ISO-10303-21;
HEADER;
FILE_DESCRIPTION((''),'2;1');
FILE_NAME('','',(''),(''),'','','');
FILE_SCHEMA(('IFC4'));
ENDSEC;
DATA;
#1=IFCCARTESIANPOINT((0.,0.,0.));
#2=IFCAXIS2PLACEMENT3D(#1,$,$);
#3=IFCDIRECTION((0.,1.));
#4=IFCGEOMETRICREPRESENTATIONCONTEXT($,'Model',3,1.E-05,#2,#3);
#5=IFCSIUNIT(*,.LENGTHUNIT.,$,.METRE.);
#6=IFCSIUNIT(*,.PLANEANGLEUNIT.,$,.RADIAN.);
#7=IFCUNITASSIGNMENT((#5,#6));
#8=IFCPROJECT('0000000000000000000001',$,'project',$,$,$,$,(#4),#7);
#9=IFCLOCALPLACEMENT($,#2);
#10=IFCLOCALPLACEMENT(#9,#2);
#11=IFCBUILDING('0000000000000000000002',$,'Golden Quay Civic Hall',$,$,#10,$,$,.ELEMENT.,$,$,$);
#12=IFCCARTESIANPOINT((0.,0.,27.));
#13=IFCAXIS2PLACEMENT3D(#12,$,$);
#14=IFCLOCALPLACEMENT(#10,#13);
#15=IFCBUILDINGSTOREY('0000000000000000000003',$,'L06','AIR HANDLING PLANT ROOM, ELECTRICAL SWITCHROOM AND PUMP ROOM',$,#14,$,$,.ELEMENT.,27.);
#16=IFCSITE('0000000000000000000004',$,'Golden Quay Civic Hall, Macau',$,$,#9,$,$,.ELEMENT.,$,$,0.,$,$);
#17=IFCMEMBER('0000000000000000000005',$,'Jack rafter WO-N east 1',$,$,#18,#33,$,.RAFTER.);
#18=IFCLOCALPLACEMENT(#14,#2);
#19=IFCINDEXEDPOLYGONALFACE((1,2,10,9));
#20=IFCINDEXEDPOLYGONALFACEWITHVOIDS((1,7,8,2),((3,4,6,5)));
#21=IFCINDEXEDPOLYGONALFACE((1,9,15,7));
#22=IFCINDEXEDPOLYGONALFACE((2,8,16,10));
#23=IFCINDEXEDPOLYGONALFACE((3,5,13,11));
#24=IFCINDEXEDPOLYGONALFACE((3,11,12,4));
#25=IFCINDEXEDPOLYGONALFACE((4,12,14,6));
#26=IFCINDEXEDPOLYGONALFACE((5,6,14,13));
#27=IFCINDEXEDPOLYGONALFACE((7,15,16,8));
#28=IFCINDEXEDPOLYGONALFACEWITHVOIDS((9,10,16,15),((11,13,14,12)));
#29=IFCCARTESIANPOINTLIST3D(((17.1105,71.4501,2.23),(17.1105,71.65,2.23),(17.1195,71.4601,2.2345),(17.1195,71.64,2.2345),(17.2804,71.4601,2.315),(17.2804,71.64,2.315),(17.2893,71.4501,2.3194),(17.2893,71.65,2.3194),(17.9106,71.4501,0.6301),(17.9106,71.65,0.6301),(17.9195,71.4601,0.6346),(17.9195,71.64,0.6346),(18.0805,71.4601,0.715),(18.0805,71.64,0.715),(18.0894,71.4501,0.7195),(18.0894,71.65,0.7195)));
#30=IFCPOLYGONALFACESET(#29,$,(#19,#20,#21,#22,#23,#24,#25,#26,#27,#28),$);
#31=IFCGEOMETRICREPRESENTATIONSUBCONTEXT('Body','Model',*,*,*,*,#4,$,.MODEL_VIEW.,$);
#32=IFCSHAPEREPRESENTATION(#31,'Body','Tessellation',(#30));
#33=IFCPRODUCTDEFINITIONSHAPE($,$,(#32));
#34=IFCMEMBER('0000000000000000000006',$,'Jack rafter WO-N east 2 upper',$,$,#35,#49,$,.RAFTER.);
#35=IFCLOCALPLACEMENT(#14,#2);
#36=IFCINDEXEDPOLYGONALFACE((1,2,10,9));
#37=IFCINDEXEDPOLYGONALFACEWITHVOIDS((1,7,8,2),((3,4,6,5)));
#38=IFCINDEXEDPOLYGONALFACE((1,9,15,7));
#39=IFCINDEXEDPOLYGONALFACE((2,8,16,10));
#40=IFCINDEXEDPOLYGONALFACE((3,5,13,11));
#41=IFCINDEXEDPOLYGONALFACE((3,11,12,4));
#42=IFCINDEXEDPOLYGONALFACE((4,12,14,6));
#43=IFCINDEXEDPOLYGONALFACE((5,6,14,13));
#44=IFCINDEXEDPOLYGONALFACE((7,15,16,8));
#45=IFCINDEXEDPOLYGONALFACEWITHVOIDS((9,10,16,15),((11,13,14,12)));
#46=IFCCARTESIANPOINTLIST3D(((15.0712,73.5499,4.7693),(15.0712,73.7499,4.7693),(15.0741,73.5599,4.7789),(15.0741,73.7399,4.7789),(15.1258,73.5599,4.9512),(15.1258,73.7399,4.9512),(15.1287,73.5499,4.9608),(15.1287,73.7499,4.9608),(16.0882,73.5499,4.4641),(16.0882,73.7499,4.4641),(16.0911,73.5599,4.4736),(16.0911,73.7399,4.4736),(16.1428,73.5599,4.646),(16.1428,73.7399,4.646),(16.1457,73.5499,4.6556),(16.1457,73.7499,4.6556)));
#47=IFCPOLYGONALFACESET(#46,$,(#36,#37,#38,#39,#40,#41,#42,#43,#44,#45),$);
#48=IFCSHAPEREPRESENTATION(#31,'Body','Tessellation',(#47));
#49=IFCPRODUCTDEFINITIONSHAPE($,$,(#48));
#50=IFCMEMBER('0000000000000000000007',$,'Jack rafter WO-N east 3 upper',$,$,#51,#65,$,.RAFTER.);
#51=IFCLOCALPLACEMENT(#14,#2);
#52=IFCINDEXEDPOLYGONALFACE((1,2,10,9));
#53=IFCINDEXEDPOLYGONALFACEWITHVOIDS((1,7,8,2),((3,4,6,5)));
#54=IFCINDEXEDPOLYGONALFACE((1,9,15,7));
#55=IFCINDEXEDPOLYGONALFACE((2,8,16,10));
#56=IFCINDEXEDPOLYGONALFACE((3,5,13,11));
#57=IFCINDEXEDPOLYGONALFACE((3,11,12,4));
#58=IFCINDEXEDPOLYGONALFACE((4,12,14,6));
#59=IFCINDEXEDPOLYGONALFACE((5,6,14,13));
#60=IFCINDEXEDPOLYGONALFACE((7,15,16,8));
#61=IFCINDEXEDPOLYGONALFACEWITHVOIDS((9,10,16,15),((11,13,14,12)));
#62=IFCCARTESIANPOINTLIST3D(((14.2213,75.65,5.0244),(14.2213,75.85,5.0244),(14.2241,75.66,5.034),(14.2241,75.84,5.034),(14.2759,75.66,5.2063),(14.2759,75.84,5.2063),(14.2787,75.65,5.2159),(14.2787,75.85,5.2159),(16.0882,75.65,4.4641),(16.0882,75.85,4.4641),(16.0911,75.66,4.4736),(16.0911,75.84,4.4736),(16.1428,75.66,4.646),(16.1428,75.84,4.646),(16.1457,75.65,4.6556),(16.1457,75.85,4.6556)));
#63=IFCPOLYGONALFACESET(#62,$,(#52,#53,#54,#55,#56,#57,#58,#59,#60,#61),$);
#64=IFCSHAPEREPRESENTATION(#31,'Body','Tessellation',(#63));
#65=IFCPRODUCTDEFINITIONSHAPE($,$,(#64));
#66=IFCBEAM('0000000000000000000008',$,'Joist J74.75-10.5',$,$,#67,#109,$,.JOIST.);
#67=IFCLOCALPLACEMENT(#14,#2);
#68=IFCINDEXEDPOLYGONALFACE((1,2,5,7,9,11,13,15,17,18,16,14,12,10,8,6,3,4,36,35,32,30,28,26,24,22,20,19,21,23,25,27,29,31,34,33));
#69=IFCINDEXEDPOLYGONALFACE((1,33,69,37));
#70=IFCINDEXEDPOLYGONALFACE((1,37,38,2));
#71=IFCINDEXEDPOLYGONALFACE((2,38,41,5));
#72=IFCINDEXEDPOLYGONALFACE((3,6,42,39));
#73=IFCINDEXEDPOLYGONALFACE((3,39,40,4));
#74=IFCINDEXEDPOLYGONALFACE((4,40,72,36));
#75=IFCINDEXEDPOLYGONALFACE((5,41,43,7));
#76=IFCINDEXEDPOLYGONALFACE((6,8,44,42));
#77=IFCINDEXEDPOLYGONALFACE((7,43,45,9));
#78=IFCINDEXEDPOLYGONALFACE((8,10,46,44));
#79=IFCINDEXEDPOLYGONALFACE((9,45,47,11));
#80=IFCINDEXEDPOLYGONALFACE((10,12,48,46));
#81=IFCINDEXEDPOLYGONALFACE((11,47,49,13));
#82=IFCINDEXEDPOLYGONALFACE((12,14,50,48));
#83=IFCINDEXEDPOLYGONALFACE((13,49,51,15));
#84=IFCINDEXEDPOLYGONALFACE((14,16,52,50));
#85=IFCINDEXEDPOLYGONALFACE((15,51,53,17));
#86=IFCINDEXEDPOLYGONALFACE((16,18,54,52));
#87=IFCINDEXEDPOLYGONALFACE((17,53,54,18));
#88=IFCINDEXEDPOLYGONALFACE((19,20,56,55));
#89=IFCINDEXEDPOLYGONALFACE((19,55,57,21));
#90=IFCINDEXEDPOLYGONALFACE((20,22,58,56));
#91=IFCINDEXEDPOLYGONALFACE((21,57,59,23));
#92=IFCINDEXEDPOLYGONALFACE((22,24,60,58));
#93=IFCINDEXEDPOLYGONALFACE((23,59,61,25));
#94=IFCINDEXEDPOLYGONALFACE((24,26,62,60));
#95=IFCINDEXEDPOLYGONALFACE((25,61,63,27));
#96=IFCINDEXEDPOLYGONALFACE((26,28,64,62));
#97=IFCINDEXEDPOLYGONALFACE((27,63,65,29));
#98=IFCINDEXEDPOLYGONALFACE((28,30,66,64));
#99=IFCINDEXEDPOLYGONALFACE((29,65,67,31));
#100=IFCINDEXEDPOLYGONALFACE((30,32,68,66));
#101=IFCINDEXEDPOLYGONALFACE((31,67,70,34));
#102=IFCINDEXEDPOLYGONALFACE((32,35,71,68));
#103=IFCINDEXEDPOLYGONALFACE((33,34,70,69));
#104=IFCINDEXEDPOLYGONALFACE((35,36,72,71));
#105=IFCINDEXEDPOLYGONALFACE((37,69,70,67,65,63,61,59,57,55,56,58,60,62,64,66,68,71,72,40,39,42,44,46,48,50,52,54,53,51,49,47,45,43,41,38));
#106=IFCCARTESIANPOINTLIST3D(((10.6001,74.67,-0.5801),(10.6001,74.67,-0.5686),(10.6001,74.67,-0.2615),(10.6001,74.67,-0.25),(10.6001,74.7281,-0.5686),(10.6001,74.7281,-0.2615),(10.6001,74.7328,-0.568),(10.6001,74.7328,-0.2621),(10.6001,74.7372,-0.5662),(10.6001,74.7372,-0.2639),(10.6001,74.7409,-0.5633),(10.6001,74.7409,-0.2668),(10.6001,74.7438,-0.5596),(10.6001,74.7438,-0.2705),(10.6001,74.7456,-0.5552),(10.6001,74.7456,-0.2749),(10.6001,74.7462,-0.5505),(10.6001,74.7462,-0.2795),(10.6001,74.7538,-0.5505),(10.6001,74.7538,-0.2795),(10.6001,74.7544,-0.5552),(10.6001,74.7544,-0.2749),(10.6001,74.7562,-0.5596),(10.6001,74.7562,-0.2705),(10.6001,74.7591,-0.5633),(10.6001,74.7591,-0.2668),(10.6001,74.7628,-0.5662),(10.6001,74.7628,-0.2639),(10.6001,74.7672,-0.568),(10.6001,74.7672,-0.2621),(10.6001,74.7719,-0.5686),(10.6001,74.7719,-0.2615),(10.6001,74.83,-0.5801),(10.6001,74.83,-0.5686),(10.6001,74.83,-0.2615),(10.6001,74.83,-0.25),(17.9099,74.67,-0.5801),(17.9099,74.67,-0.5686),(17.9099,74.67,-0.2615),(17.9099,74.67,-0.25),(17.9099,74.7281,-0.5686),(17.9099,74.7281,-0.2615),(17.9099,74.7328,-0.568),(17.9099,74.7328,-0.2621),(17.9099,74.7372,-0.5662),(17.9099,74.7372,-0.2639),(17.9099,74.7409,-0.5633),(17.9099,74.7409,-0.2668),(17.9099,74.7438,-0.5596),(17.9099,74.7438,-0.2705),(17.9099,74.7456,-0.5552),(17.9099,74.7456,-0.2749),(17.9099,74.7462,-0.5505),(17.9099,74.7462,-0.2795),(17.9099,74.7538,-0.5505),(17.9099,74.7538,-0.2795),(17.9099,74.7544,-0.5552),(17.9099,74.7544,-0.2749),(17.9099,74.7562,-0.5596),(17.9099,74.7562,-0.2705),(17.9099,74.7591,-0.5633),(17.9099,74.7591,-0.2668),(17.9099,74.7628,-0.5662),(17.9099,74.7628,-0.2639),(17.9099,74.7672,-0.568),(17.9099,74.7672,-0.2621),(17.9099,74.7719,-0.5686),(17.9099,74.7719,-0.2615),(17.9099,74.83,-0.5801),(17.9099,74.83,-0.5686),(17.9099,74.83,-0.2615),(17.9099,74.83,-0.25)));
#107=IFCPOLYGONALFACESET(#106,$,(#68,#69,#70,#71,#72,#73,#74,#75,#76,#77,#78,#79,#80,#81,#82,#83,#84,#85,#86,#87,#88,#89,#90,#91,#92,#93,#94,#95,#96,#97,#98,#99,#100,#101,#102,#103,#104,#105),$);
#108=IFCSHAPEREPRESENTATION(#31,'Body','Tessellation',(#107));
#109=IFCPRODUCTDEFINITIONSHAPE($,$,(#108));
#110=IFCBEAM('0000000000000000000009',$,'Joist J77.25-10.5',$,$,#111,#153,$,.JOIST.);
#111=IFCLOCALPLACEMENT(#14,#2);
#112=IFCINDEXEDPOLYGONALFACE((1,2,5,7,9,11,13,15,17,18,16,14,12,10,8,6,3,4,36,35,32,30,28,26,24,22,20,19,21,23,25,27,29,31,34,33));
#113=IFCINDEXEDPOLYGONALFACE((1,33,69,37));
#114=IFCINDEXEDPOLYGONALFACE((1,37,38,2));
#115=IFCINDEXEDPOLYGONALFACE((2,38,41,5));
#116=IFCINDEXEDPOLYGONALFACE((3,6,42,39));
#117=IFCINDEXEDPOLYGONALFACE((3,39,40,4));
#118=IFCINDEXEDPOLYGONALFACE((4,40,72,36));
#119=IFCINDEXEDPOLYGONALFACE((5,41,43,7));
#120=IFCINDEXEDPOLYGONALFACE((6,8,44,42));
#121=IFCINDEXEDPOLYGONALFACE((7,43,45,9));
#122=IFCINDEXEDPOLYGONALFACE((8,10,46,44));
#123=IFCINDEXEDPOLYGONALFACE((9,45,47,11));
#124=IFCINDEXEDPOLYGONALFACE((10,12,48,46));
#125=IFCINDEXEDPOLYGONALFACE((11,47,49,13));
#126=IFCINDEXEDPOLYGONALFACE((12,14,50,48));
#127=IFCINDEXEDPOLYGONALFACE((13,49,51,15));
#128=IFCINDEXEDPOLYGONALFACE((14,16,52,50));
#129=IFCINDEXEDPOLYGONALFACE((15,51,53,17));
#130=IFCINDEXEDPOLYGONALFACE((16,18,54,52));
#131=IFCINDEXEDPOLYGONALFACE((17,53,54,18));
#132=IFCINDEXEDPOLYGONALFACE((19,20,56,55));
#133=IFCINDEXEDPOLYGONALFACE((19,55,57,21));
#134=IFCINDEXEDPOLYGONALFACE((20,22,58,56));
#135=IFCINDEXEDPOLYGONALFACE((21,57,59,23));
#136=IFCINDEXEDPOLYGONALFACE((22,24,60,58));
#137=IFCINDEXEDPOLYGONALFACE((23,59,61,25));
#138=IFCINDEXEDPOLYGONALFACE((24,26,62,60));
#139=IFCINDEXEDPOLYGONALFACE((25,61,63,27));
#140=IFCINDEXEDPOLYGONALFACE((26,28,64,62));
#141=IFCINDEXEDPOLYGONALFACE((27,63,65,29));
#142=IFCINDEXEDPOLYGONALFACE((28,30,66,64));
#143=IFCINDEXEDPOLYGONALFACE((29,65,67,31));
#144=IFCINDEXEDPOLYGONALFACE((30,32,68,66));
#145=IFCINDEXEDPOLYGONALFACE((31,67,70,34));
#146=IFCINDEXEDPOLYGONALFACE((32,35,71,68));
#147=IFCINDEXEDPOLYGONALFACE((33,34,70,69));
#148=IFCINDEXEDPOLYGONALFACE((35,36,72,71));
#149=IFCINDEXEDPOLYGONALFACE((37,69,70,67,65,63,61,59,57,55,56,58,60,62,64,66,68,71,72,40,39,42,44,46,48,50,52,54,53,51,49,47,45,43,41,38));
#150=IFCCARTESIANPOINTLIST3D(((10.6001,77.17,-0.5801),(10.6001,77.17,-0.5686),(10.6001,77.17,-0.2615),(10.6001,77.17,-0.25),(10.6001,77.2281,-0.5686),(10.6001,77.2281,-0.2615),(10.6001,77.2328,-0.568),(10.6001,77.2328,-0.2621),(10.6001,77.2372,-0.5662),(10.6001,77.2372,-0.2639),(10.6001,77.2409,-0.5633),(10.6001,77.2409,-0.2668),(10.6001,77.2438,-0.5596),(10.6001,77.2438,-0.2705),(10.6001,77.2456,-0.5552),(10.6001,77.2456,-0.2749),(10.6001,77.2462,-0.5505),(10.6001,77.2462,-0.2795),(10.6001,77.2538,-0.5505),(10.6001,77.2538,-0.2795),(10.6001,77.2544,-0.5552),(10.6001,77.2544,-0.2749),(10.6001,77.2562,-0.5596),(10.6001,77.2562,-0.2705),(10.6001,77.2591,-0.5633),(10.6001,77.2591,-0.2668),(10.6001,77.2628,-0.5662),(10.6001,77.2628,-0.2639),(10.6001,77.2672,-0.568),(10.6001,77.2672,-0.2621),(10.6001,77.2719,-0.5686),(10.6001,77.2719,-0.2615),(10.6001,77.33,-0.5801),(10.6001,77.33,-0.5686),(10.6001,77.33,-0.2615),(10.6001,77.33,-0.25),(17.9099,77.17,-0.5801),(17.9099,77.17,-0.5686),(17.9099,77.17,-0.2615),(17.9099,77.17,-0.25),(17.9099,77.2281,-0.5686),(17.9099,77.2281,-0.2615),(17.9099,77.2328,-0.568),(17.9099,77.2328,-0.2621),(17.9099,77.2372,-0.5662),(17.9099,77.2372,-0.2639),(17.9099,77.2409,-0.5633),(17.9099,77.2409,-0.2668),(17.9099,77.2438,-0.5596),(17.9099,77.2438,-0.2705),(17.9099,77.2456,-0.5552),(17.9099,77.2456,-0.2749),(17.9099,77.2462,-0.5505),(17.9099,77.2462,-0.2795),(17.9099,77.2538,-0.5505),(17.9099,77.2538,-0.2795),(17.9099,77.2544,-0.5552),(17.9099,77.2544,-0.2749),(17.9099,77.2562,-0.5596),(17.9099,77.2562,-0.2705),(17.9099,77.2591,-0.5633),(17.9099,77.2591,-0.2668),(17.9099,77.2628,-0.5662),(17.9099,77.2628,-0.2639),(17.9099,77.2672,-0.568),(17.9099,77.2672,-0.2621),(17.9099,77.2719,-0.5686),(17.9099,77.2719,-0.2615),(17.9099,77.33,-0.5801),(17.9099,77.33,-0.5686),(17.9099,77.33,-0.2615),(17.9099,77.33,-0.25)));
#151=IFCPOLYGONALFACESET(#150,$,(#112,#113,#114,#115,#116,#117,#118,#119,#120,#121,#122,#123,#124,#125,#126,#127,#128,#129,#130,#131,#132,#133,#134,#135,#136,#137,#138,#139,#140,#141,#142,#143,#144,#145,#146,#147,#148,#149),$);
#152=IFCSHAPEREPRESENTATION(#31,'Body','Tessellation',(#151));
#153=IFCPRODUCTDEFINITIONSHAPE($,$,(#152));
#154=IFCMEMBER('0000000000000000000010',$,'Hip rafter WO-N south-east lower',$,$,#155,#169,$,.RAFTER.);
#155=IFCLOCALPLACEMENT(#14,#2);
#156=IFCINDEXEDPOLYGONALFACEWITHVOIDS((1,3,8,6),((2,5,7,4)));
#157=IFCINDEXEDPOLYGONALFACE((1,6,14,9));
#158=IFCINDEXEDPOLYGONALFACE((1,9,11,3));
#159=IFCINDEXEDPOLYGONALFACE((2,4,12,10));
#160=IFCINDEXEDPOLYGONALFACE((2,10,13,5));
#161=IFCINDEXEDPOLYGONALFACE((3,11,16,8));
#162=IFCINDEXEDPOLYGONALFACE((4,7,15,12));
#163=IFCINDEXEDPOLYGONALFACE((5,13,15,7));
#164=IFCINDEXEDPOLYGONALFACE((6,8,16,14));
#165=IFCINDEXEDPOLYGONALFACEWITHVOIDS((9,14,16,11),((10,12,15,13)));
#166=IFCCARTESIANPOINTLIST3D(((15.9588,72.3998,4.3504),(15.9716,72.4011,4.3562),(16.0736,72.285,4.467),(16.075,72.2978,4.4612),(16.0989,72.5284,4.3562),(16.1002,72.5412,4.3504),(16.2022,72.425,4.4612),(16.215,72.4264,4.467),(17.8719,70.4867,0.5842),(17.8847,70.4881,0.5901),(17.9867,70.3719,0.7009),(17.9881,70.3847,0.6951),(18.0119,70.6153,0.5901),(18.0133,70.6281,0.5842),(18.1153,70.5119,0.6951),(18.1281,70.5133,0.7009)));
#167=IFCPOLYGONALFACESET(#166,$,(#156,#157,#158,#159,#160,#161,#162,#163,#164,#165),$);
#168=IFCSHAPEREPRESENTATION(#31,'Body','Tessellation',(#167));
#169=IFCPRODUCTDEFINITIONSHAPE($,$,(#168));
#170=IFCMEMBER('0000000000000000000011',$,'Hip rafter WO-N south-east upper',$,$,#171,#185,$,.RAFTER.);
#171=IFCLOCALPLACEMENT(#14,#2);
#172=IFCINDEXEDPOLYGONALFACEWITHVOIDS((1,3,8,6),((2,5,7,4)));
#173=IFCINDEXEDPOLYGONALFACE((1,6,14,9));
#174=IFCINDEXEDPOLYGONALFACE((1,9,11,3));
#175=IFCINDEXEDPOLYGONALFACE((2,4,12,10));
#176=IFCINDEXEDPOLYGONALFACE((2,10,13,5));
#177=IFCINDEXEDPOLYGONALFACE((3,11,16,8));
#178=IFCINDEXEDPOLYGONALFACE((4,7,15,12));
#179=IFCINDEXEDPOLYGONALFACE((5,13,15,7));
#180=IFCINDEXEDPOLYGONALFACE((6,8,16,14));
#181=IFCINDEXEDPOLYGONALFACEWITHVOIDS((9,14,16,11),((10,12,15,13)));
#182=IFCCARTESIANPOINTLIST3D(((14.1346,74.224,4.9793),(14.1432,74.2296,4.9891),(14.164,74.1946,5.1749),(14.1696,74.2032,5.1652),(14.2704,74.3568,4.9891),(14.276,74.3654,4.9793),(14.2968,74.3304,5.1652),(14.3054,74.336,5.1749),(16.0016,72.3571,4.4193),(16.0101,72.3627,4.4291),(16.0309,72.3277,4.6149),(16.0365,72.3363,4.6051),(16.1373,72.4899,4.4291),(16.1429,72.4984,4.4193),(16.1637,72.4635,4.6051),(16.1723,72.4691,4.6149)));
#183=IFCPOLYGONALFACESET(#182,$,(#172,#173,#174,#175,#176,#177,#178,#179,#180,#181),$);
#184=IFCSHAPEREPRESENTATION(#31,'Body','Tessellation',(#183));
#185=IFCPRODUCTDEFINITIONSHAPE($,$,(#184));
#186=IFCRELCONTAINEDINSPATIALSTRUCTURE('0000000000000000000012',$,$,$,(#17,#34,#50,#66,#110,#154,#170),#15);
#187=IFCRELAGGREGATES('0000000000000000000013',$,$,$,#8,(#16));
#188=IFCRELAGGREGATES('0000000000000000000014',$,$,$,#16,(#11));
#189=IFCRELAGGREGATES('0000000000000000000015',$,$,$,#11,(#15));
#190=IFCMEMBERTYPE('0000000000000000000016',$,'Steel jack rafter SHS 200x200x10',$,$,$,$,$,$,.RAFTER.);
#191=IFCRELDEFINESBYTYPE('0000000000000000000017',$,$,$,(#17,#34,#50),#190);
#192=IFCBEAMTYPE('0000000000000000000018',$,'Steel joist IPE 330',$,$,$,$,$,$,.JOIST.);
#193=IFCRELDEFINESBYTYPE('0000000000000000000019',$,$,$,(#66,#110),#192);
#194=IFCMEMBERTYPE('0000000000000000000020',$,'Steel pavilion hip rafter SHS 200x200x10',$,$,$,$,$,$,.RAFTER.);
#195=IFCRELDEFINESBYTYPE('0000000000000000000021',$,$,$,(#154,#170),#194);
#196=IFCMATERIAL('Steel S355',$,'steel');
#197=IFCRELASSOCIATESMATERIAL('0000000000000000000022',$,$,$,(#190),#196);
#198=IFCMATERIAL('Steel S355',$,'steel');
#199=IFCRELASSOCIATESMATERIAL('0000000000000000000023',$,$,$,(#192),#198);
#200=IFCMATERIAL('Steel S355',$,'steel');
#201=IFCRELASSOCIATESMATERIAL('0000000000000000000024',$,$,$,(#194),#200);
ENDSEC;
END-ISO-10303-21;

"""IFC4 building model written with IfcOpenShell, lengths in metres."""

from ifc_helpers import new_model, si_unit, direction, frame, origin, origin_2d, place, context, subcontext, project, spatial, hollow_rectangle, i_section, extrude, material, material_profile, profile_set, type_object, element, save


model = new_model("IFC4")

# Units and contexts
model_context = context("Model", 3, precision=1e-05, world=origin(), true_north=direction((0.0, 1.0)))
body_context = subcontext(model_context, "Body", "Model", "MODEL_VIEW")
ifc_project = project(units=[si_unit("LENGTHUNIT", "METRE"), si_unit("PLANEANGLEUNIT", "RADIAN")], contexts=[model_context])

# Site, building, storey
site_placement = place(None, origin())
site = spatial("IfcSite", under=ifc_project, at=site_placement, Name="Golden Quay Civic Hall, Macau", CompositionType="ELEMENT", RefElevation=0.0)
building_placement = place(site_placement, origin())
building = spatial("IfcBuilding", under=site, at=building_placement, Name="Golden Quay Civic Hall", CompositionType="ELEMENT")
storey_placement = place(building_placement, frame((0.0, 0.0, 27.0)))
storey = spatial("IfcBuildingStorey", under=building, at=storey_placement, Name="L06", Description="AIR HANDLING PLANT ROOM, ELECTRICAL SWITCHROOM AND PUMP ROOM", CompositionType="ELEMENT", Elevation=27.0)

# Members
ifc_material_1 = material(Name="Steel S355", Category="steel")
ifc_material_profile_1 = material_profile(ifc_material_1, hollow_rectangle(XDim=0.2, YDim=0.2, WallThickness=0.01, at=origin_2d()), Name="SHS 200x200x10")
ifc_profile_set_1 = profile_set([ifc_material_profile_1], Name="Steel S355")
member_type_1 = type_object("IfcMemberType", Name="Steel jack rafter SHS 200x200x10", PredefinedType="RAFTER", material=ifc_profile_set_1)
member_1_placement = place(storey_placement, frame((18.0, 71.55, 0.6748), z_axis=(-0.447268, 0.0, 0.8944), x_axis=(0.0, -1.0, 0.0)))
element("IfcMember", 1, at=member_1_placement, inside=storey, type_object=member_type_1, Name="Jack rafter WO-N east 1", PredefinedType="RAFTER", context=body_context, shape_type="SweptSolid", body=[
    extrude(hollow_rectangle(XDim=0.2, YDim=0.2, WallThickness=0.01, at=origin_2d()), origin(), (0.0, 0.0, 1.0), 1.7888),
])
member_2_placement = place(storey_placement, frame((16.1169, 73.6499, 4.5598), z_axis=(-0.957795, 0.0, 0.287453), x_axis=(0.0, -1.0, 0.0)))
element("IfcMember", 2, at=member_2_placement, inside=storey, type_object=member_type_1, Name="Jack rafter WO-N east 2 upper", PredefinedType="RAFTER", context=body_context, shape_type="SweptSolid", body=[
    extrude(hollow_rectangle(XDim=0.2, YDim=0.2, WallThickness=0.01, at=origin_2d()), origin(), (0.0, 0.0, 1.0), 1.0618),
])
member_3_placement = place(storey_placement, frame((16.1169, 75.75, 4.5598), z_axis=(-0.957795, 0.0, 0.287451), x_axis=(0.0, -1.0, 0.0)))
element("IfcMember", 3, at=member_3_placement, inside=storey, type_object=member_type_1, Name="Jack rafter WO-N east 3 upper", PredefinedType="RAFTER", context=body_context, shape_type="SweptSolid", body=[
    extrude(hollow_rectangle(XDim=0.2, YDim=0.2, WallThickness=0.01, at=origin_2d()), origin(), (0.0, 0.0, 1.0), 1.9492),
])

# Beams
ifc_material_2 = material(Name="Steel S355", Category="steel")
ifc_material_profile_2 = material_profile(ifc_material_2, i_section(OverallWidth=0.1599, OverallDepth=0.3301, WebThickness=0.0076, FlangeThickness=0.0115, FilletRadius=0.0181, at=origin_2d()), Name="IPE 330")
ifc_profile_set_2 = profile_set([ifc_material_profile_2], Name="Steel S355")
beam_type_1 = type_object("IfcBeamType", Name="Steel joist IPE 330", PredefinedType="JOIST", material=ifc_profile_set_2)
for number, where, z_axis, x_axis, name in (
    (4, (10.6001, 74.75, -0.415), (1.0, 0.0, 0.0), (0.0, 1.0, 0.0), "Joist J74.75-10.5"),
    (5, (10.6001, 77.25, -0.415), (1.0, 0.0, 0.0), (0.0, 1.0, 0.0), "Joist J77.25-10.5"),
):
    element("IfcBeam", number, at=place(storey_placement, frame(where, z_axis=z_axis, x_axis=x_axis)), inside=storey, type_object=beam_type_1, Name=name, PredefinedType="JOIST", context=body_context, shape_type="SweptSolid", body=[
        extrude(i_section(OverallWidth=0.1599, OverallDepth=0.3301, WebThickness=0.0076, FlangeThickness=0.0115, FilletRadius=0.0181, at=origin_2d()), origin(), (0.0, 0.0, 1.0), 7.3098),
    ])

# Members
ifc_material_3 = material(Name="Steel S355", Category="steel")
ifc_material_profile_3 = material_profile(ifc_material_3, hollow_rectangle(XDim=0.2, YDim=0.2, WallThickness=0.01, at=origin_2d()), Name="SHS 200x200x10")
ifc_profile_set_3 = profile_set([ifc_material_profile_3], Name="Steel S355")
member_type_2 = type_object("IfcMemberType", Name="Steel pavilion hip rafter SHS 200x200x10", PredefinedType="RAFTER", material=ifc_profile_set_3)
member_4_placement = place(storey_placement, frame((18.0, 70.5, 0.6426), z_axis=(-0.412554, 0.412554, 0.812157), x_axis=(-0.707107, -0.707107, 0.0)))
element("IfcMember", 6, at=member_4_placement, inside=storey, type_object=member_type_2, Name="Hip rafter WO-N south-east lower", PredefinedType="RAFTER", context=body_context, shape_type="SweptSolid", body=[
    extrude(hollow_rectangle(XDim=0.2, YDim=0.2, WallThickness=0.01, at=origin_2d()), origin(), (0.0, 0.0, 1.0), 4.6372),
])
member_5_placement = place(storey_placement, frame((16.0869, 72.4131, 4.5171), z_axis=(-0.691716, 0.691716, 0.207506), x_axis=(-0.707107, -0.707107, 0.0)))
element("IfcMember", 7, at=member_5_placement, inside=storey, type_object=member_type_2, Name="Hip rafter WO-N south-east upper", PredefinedType="RAFTER", context=body_context, shape_type="SweptSolid", body=[
    extrude(hollow_rectangle(XDim=0.2, YDim=0.2, WallThickness=0.01, at=origin_2d()), origin(), (0.0, 0.0, 1.0), 2.699),
])

save(model, "model.ifc")
